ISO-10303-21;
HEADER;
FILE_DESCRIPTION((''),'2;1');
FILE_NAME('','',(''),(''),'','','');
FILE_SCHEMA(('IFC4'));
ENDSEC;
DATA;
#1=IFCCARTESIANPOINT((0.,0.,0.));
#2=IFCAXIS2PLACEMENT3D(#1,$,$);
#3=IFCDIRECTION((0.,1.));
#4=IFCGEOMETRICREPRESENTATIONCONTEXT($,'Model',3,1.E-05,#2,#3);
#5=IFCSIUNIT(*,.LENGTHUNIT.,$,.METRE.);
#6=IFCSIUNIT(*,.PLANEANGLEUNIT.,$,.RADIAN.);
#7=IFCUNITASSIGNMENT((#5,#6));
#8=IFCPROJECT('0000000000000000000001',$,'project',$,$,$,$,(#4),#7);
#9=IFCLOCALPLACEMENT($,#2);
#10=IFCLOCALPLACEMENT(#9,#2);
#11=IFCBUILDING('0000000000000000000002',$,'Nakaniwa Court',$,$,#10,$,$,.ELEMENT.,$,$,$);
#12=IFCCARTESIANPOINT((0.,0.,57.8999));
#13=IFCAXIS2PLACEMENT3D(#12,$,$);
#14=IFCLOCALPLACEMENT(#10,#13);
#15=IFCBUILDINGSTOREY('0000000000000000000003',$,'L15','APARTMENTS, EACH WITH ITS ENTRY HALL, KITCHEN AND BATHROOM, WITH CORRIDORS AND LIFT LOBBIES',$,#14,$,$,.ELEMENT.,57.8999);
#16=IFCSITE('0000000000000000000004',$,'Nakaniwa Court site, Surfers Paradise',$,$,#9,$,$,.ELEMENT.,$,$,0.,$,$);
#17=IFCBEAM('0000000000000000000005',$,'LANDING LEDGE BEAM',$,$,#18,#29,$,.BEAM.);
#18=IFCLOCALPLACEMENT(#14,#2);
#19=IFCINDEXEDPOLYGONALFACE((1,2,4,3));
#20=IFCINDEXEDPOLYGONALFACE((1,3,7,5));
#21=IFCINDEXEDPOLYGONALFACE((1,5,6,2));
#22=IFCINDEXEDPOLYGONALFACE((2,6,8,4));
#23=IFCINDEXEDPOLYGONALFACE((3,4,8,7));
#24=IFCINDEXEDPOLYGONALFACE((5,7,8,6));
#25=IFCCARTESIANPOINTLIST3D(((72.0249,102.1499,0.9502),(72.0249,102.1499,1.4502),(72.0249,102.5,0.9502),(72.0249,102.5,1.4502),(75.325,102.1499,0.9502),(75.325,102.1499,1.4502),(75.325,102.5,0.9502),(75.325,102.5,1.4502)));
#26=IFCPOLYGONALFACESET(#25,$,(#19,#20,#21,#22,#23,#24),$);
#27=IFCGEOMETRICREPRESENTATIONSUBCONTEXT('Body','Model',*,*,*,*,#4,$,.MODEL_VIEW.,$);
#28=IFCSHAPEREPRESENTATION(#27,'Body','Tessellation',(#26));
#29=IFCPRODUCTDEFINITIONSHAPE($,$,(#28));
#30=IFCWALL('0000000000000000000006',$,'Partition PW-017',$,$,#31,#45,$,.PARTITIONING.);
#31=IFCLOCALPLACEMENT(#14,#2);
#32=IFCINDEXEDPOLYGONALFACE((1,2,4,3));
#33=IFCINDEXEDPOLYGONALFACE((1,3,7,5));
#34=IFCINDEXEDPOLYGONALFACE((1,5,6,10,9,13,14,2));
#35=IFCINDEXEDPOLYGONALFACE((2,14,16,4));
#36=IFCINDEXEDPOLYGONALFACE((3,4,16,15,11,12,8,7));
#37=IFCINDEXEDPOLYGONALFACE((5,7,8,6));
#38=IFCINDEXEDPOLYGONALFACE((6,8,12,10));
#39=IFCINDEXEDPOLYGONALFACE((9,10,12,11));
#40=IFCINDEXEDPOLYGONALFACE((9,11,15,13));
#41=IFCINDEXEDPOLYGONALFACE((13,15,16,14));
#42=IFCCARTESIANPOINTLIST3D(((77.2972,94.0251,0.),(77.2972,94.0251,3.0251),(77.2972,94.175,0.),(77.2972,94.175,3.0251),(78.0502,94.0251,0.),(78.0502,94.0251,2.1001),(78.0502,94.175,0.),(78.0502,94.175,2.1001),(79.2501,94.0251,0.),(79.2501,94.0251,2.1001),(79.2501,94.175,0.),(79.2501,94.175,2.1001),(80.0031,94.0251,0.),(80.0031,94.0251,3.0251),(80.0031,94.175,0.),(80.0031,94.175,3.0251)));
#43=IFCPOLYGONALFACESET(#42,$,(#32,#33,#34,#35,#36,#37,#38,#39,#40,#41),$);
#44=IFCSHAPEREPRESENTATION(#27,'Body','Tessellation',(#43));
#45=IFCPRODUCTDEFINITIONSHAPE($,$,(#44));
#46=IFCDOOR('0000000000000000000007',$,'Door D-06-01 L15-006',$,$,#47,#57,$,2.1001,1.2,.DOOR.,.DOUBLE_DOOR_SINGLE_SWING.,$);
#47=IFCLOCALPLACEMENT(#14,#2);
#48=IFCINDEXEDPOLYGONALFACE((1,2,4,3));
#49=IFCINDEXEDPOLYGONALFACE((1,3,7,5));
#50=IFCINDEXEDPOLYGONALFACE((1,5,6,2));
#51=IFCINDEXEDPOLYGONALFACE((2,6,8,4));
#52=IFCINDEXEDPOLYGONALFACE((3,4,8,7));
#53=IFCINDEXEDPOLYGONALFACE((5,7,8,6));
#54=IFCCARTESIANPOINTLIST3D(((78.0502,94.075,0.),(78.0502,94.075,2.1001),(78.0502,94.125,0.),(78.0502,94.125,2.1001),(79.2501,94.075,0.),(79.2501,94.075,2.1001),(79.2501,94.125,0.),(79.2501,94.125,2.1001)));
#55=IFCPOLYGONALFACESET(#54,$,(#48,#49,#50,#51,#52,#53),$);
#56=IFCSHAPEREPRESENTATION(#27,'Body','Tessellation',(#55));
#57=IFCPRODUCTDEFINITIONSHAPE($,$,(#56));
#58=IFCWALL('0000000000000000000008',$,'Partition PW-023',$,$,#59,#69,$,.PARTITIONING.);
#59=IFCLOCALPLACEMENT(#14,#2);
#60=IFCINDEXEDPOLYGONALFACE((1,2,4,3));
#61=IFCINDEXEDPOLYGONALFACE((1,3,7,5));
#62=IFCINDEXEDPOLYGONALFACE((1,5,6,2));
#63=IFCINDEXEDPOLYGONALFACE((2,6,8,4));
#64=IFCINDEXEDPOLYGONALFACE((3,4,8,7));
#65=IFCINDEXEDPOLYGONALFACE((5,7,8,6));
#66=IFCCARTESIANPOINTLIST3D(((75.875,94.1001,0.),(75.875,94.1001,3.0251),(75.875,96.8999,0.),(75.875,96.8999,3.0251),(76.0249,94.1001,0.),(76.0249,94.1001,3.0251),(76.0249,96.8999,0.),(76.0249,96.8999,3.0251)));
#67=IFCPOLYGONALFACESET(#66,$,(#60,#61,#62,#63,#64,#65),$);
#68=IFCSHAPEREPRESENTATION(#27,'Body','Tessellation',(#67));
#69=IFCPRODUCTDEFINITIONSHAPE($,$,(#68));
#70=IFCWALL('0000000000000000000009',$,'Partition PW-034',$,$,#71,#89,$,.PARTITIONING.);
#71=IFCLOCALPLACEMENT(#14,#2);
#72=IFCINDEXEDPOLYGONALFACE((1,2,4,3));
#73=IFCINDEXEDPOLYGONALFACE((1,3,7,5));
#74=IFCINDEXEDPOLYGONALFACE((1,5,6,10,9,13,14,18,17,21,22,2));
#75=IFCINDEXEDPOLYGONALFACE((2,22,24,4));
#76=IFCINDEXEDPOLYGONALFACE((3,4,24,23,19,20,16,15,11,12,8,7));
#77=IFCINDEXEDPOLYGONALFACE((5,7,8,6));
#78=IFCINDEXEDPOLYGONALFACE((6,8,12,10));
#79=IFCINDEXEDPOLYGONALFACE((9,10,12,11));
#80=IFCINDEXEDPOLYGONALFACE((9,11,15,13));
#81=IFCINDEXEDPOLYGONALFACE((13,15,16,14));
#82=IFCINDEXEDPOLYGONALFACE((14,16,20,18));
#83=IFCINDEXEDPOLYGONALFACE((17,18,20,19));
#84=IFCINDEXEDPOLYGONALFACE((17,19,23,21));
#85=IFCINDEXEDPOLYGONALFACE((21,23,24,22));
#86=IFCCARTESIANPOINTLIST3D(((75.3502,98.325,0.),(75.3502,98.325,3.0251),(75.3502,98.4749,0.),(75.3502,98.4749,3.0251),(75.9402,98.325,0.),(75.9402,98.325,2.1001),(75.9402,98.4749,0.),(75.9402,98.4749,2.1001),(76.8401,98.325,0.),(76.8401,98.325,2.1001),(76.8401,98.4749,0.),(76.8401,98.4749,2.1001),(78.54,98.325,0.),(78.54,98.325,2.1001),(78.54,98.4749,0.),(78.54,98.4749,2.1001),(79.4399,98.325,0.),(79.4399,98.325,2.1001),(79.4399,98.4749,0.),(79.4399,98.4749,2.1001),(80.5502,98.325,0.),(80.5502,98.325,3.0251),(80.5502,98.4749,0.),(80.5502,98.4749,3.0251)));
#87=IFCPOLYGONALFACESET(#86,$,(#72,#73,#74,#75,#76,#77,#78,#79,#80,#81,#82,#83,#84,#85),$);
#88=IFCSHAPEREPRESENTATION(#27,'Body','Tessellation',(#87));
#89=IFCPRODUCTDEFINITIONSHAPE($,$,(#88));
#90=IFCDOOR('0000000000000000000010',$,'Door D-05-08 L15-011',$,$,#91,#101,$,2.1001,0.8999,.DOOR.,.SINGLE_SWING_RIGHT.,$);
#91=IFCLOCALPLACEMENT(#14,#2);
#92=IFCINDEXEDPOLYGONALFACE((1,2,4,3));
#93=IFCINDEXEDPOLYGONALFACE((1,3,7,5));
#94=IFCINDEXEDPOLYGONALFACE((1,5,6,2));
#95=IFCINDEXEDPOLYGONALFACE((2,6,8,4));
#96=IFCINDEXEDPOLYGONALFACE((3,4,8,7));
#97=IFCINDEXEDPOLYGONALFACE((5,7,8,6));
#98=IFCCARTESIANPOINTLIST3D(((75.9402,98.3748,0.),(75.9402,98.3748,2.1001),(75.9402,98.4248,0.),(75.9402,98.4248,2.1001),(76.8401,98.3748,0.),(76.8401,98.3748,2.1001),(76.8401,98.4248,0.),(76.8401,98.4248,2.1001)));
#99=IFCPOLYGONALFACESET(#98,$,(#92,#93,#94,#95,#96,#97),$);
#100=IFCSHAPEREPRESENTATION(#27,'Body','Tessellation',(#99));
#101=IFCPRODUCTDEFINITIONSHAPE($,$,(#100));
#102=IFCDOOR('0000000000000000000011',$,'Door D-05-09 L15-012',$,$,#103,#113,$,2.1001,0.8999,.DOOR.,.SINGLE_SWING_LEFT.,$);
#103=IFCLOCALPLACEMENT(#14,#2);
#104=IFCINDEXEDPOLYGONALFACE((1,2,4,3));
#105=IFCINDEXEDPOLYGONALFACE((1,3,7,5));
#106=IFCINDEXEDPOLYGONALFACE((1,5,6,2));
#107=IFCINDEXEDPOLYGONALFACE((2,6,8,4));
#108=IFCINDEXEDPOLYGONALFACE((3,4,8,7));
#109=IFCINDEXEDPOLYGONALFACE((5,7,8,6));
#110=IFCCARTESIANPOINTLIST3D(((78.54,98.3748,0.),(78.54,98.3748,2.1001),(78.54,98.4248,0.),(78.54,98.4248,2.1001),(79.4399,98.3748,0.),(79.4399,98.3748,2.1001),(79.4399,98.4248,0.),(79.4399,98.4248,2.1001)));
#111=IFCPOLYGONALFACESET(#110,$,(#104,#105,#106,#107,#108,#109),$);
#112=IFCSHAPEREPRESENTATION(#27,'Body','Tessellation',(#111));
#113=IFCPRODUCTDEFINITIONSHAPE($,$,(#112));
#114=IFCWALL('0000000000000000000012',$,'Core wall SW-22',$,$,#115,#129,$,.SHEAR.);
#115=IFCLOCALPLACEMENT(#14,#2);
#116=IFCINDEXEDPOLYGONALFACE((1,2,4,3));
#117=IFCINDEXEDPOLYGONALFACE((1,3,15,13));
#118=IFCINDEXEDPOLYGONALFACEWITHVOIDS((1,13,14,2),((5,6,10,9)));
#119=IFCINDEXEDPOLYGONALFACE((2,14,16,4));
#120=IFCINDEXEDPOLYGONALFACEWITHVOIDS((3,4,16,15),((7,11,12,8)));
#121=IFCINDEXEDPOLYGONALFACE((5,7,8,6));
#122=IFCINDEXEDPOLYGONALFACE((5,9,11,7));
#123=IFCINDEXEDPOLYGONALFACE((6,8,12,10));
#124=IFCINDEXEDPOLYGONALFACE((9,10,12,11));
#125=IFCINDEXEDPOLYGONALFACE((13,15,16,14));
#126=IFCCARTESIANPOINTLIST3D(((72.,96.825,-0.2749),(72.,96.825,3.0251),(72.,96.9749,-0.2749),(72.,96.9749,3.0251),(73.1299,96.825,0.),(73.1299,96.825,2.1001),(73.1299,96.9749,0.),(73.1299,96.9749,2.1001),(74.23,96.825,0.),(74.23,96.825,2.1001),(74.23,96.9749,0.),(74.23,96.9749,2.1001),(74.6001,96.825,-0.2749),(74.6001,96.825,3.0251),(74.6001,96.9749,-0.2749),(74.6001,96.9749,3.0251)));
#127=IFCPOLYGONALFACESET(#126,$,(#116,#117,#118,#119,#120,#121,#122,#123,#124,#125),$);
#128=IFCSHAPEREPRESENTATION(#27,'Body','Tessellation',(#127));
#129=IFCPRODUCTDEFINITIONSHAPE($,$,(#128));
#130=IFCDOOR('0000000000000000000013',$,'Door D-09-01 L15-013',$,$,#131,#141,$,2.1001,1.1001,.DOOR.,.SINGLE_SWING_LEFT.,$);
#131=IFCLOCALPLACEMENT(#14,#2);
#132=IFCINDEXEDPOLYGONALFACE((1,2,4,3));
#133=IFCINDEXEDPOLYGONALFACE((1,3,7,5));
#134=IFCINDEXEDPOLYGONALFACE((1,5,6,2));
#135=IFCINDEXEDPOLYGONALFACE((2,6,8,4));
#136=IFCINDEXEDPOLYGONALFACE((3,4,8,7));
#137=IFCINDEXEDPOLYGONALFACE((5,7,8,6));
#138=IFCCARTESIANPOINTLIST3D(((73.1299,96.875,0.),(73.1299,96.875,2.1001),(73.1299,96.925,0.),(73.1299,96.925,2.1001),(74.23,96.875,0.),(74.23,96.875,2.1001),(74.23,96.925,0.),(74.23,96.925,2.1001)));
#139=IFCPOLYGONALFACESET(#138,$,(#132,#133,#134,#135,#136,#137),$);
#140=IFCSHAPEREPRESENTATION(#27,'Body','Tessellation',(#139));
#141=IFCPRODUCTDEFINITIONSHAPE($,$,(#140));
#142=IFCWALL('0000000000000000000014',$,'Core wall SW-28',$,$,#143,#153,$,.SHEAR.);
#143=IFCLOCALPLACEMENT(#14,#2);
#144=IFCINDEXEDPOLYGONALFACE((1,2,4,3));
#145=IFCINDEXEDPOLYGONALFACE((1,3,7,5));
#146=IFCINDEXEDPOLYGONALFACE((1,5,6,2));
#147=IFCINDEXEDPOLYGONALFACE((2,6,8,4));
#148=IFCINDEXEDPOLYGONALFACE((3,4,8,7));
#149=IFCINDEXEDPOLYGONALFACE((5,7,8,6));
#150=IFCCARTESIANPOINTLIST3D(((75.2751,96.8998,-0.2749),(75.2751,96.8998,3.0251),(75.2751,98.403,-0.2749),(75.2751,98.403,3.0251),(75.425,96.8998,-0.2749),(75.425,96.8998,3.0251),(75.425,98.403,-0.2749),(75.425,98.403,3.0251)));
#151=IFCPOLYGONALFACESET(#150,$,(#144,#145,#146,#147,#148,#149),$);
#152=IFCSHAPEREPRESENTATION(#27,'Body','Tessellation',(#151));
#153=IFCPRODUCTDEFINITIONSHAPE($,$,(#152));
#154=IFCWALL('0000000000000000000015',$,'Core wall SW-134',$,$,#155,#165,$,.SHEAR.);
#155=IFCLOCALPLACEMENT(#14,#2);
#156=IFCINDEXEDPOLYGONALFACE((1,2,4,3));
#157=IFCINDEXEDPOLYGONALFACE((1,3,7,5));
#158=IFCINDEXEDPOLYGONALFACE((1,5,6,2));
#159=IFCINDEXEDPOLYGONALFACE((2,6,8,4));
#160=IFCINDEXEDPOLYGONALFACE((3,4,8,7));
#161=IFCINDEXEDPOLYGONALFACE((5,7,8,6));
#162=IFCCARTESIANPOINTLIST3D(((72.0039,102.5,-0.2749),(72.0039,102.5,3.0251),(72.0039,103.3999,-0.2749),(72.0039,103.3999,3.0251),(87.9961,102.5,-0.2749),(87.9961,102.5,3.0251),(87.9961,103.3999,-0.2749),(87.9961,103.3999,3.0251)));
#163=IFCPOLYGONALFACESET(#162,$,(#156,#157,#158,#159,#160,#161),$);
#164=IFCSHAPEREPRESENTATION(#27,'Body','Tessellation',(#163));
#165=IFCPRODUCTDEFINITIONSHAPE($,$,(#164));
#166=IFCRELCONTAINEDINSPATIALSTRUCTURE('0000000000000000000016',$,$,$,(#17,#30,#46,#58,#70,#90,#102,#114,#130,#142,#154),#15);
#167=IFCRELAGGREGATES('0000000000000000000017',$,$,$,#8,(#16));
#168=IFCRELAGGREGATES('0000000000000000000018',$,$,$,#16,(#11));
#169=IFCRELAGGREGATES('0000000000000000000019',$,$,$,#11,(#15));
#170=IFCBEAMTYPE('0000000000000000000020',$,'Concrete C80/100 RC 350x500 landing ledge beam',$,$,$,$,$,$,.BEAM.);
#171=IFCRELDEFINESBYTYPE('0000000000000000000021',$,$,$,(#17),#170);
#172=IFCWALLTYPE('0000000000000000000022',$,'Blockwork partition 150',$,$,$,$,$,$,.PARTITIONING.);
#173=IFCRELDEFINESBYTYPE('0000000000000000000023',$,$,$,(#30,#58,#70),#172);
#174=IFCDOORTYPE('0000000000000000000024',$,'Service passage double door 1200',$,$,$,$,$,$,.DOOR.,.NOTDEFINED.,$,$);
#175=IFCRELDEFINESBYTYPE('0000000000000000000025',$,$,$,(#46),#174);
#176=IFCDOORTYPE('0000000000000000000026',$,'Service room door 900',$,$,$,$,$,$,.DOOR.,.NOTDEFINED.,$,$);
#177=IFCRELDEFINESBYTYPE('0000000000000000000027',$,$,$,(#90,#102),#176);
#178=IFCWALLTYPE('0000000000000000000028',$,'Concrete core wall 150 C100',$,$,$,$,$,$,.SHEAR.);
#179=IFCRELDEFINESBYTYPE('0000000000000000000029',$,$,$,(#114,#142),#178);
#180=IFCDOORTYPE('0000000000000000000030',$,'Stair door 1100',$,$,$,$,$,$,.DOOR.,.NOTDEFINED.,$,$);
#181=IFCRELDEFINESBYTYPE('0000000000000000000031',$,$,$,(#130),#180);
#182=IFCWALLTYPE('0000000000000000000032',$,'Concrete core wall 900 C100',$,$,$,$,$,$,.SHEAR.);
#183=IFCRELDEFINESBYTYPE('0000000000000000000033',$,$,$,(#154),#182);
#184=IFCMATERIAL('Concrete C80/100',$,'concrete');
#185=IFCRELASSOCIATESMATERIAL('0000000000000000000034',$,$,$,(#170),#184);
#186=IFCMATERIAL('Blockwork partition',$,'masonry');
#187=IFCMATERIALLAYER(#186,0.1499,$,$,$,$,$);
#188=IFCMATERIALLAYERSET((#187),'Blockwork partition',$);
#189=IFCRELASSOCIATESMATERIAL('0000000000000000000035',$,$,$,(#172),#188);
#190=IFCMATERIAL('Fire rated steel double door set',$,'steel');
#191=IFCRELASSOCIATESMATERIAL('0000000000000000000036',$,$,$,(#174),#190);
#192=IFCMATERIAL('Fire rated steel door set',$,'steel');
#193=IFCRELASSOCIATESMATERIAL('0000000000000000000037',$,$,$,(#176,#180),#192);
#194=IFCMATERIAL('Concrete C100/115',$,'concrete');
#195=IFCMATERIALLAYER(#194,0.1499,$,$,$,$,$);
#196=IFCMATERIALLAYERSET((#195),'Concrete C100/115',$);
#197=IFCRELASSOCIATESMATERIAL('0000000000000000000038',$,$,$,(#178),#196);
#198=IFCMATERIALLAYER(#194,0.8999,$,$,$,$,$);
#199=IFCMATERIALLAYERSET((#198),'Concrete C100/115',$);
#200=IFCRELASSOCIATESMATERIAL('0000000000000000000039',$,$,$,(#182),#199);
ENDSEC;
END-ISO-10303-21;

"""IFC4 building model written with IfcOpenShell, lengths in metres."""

from ifc_helpers import new_model, si_unit, direction, frame, frame_2d, origin, origin_2d, place, context, subcontext, project, spatial, rectangle, extrude, material, layer, layer_set, material_profile, profile_set, type_object, element, fill, save


model = new_model("IFC4")

# Units and contexts
model_context = context("Model", 3, precision=1e-05, world=origin(), true_north=direction((0.0, 1.0)))
body_context = subcontext(model_context, "Body", "Model", "MODEL_VIEW")
ifc_project = project(units=[si_unit("LENGTHUNIT", "METRE"), si_unit("PLANEANGLEUNIT", "RADIAN")], contexts=[model_context])

# Site, building, storey
site_placement = place(None, origin())
site = spatial("IfcSite", under=ifc_project, at=site_placement, Name="Nakaniwa Court site, Surfers Paradise", CompositionType="ELEMENT", RefElevation=0.0)
building_placement = place(site_placement, origin())
building = spatial("IfcBuilding", under=site, at=building_placement, Name="Nakaniwa Court", CompositionType="ELEMENT")
storey_placement = place(building_placement, frame((0.0, 0.0, 57.8999)))
storey = spatial("IfcBuildingStorey", under=building, at=storey_placement, Name="L15", Description="APARTMENTS, EACH WITH ITS ENTRY HALL, KITCHEN AND BATHROOM, WITH CORRIDORS AND LIFT LOBBIES", CompositionType="ELEMENT", Elevation=57.8999)

# Beam
ifc_material_1 = material(Name="Concrete C80/100", Category="concrete")
ifc_material_profile = material_profile(ifc_material_1, rectangle(XDim=0.3501, YDim=0.5, at=origin_2d()), Name="Concrete C80/100 RC 350x500 landing ledge beam")
ifc_profile_set = profile_set([ifc_material_profile], Name="Concrete C80/100")
beam_type = type_object("IfcBeamType", Name="Concrete C80/100 RC 350x500 landing ledge beam", PredefinedType="BEAM", material=ifc_profile_set)
beam_placement = place(storey_placement, frame((72.0249, 102.325, 1.2002), z_axis=(1.0, 0.0, 0.0), x_axis=(0.0, 1.0, 0.0)))
element("IfcBeam", 1, at=beam_placement, inside=storey, type_object=beam_type, Name="LANDING LEDGE BEAM", PredefinedType="BEAM", context=body_context, shape_type="SweptSolid", body=[
    extrude(rectangle(XDim=0.3501, YDim=0.5, at=origin_2d()), origin(), (0.0, 0.0, 1.0), 3.3),
])

# Wall, opening, door
ifc_material_2 = material(Name="Blockwork partition", Category="masonry")
ifc_layer_1 = layer(ifc_material_2, 0.1499)
ifc_layer_set_1 = layer_set([ifc_layer_1], Name="Blockwork partition")
wall_type_1 = type_object("IfcWallType", Name="Blockwork partition 150", PredefinedType="PARTITIONING", material=ifc_layer_set_1)
wall_1_placement = place(storey_placement, frame((77.2971, 94.1001, 0.0), z_axis=(0.0, 0.0, 1.0), x_axis=(1.0, 0.0, 0.0)))
wall_1 = element("IfcWall", 2, at=wall_1_placement, inside=storey, type_object=wall_type_1, Name="Partition PW-017", PredefinedType="PARTITIONING", context=body_context, shape_type="SweptSolid", body=[
    extrude(rectangle(XDim=2.7058, YDim=0.1499, at=frame_2d((1.353, 0.0))), origin(), (0.0, 0.0, 1.0), 3.0251),
])
opening_1_placement = place(wall_1_placement, frame((0.7529, 0.0, 0.0)))
opening_1 = element("IfcOpeningElement", 3, at=opening_1_placement, cuts=wall_1, PredefinedType="OPENING", context=body_context, shape_type="SweptSolid", body=[
    extrude(rectangle(XDim=1.2, YDim=2.1001, at=frame_2d((0.6001, 1.05))), frame((0.0, 0.085, 0.0), z_axis=(0.0, -1.0, 0.0), x_axis=(1.0, 0.0, 0.0)), (0.0, 0.0, 1.0), 0.1699),
])
ifc_material_3 = material(Name="Fire rated steel double door set", Category="steel")
door_type_1 = type_object("IfcDoorType", Name="Service passage double door 1200", OperationType="NOTDEFINED", PredefinedType="DOOR", material=ifc_material_3)
door_1_placement = place(opening_1_placement, origin())
door_1 = element("IfcDoor", 4, at=door_1_placement, inside=storey, type_object=door_type_1, Name="Door D-06-01 L15-006", OperationType="DOUBLE_DOOR_SINGLE_SWING", OverallHeight=2.1001, OverallWidth=1.2, PredefinedType="DOOR", context=body_context, shape_type="SweptSolid", body=[
    extrude(rectangle(XDim=1.2, YDim=2.1001, at=frame_2d((0.6001, 1.05))), frame((0.0, 0.0249, 0.0), z_axis=(0.0, -1.0, 0.0), x_axis=(1.0, 0.0, 0.0)), (0.0, 0.0, 1.0), 0.05),
])
fill(opening_1, door_1)

# Wall
wall_2_placement = place(storey_placement, frame((75.95, 94.1001, 0.0), z_axis=(0.0, 0.0, 1.0), x_axis=(0.0, 1.0, 0.0)))
element("IfcWall", 5, at=wall_2_placement, inside=storey, type_object=wall_type_1, Name="Partition PW-023", PredefinedType="PARTITIONING", context=body_context, shape_type="SweptSolid", body=[
    extrude(rectangle(XDim=2.7998, YDim=0.1499, at=frame_2d((1.3999, 0.0))), origin(), (0.0, 0.0, 1.0), 3.0251),
])

# Wall, openings, doors
wall_3_placement = place(storey_placement, frame((75.3501, 98.3999, 0.0), z_axis=(0.0, 0.0, 1.0), x_axis=(1.0, 0.0, 0.0)))
wall_3 = element("IfcWall", 6, at=wall_3_placement, inside=storey, type_object=wall_type_1, Name="Partition PW-034", PredefinedType="PARTITIONING", context=body_context, shape_type="SweptSolid", body=[
    extrude(rectangle(XDim=5.2, YDim=0.1499, at=frame_2d((2.6001, 0.0))), origin(), (0.0, 0.0, 1.0), 3.0251),
])
opening_2_placement = place(wall_3_placement, frame((0.5901, 0.0, 0.0)))
opening_2 = element("IfcOpeningElement", 7, at=opening_2_placement, cuts=wall_3, PredefinedType="OPENING", context=body_context, shape_type="SweptSolid", body=[
    extrude(rectangle(XDim=0.8999, YDim=2.1001, at=frame_2d((0.45, 1.05))), frame((0.0, 0.085, 0.0), z_axis=(0.0, -1.0, 0.0), x_axis=(1.0, 0.0, 0.0)), (0.0, 0.0, 1.0), 0.1699),
])
opening_3_placement = place(wall_3_placement, frame((3.1899, 0.0, 0.0)))
opening_3 = element("IfcOpeningElement", 8, at=opening_3_placement, cuts=wall_3, PredefinedType="OPENING", context=body_context, shape_type="SweptSolid", body=[
    extrude(rectangle(XDim=0.8999, YDim=2.1001, at=frame_2d((0.45, 1.05))), frame((0.0, 0.085, 0.0), z_axis=(0.0, -1.0, 0.0), x_axis=(1.0, 0.0, 0.0)), (0.0, 0.0, 1.0), 0.1699),
])
ifc_material_4 = material(Name="Fire rated steel door set", Category="steel")
door_type_2 = type_object("IfcDoorType", Name="Service room door 900", OperationType="NOTDEFINED", PredefinedType="DOOR", material=ifc_material_4)
door_2_placement = place(opening_2_placement, origin())
door_2 = element("IfcDoor", 9, at=door_2_placement, inside=storey, type_object=door_type_2, Name="Door D-05-08 L15-011", OperationType="SINGLE_SWING_RIGHT", OverallHeight=2.1001, OverallWidth=0.8999, PredefinedType="DOOR", context=body_context, shape_type="SweptSolid", body=[
    extrude(rectangle(XDim=0.8999, YDim=2.1001, at=frame_2d((0.45, 1.05))), frame((0.0, 0.0249, 0.0), z_axis=(0.0, -1.0, 0.0), x_axis=(1.0, 0.0, 0.0)), (0.0, 0.0, 1.0), 0.05),
])
fill(opening_2, door_2)
door_3_placement = place(opening_3_placement, origin())
door_3 = element("IfcDoor", 10, at=door_3_placement, inside=storey, type_object=door_type_2, Name="Door D-05-09 L15-012", OperationType="SINGLE_SWING_LEFT", OverallHeight=2.1001, OverallWidth=0.8999, PredefinedType="DOOR", context=body_context, shape_type="SweptSolid", body=[
    extrude(rectangle(XDim=0.8999, YDim=2.1001, at=frame_2d((0.45, 1.05))), frame((0.0, 0.0249, 0.0), z_axis=(0.0, -1.0, 0.0), x_axis=(1.0, 0.0, 0.0)), (0.0, 0.0, 1.0), 0.05),
])
fill(opening_3, door_3)

# Wall, opening, door
ifc_material_5 = material(Name="Concrete C100/115", Category="concrete")
ifc_layer_2 = layer(ifc_material_5, 0.1499)
ifc_layer_set_2 = layer_set([ifc_layer_2], Name="Concrete C100/115")
wall_type_2 = type_object("IfcWallType", Name="Concrete core wall 150 C100", PredefinedType="SHEAR", material=ifc_layer_set_2)
wall_4_placement = place(storey_placement, frame((74.6001, 96.8999, -0.2749), z_axis=(0.0, 0.0, 1.0), x_axis=(-1.0, 0.0, 0.0)))
wall_4 = element("IfcWall", 11, at=wall_4_placement, inside=storey, type_object=wall_type_2, Name="Core wall SW-22", PredefinedType="SHEAR", context=body_context, shape_type="SweptSolid", body=[
    extrude(rectangle(XDim=2.6001, YDim=0.1499, at=frame_2d((1.3, 0.0))), origin(), (0.0, 0.0, 1.0), 3.3),
])
opening_4_placement = place(wall_4_placement, frame((0.3701, 0.0, 0.2749)))
opening_4 = element("IfcOpeningElement", 12, at=opening_4_placement, cuts=wall_4, PredefinedType="OPENING", context=body_context, shape_type="SweptSolid", body=[
    extrude(rectangle(XDim=1.1001, YDim=2.1001, at=frame_2d((0.55, 1.05))), frame((0.0, 0.085, 0.0), z_axis=(0.0, -1.0, 0.0), x_axis=(1.0, 0.0, 0.0)), (0.0, 0.0, 1.0), 0.1699),
])
door_type_3 = type_object("IfcDoorType", Name="Stair door 1100", OperationType="NOTDEFINED", PredefinedType="DOOR", material=ifc_material_4)
door_4_placement = place(opening_4_placement, origin())
door_4 = element("IfcDoor", 13, at=door_4_placement, inside=storey, type_object=door_type_3, Name="Door D-09-01 L15-013", OperationType="SINGLE_SWING_LEFT", OverallHeight=2.1001, OverallWidth=1.1001, PredefinedType="DOOR", context=body_context, shape_type="SweptSolid", body=[
    extrude(rectangle(XDim=1.1001, YDim=2.1001, at=frame_2d((0.55, 1.05))), frame((0.0, 0.0249, 0.0), z_axis=(0.0, -1.0, 0.0), x_axis=(1.0, 0.0, 0.0)), (0.0, 0.0, 1.0), 0.05),
])
fill(opening_4, door_4)

# Walls
wall_5_placement = place(storey_placement, frame((75.3501, 96.8999, -0.2749), z_axis=(0.0, 0.0, 1.0), x_axis=(0.0, 1.0, 0.0)))
element("IfcWall", 14, at=wall_5_placement, inside=storey, type_object=wall_type_2, Name="Core wall SW-28", PredefinedType="SHEAR", context=body_context, shape_type="SweptSolid", body=[
    extrude(rectangle(XDim=1.5032, YDim=0.1499, at=frame_2d((0.7515, 0.0))), origin(), (0.0, 0.0, 1.0), 3.3),
])
ifc_layer_3 = layer(ifc_material_5, 0.8999)
ifc_layer_set_3 = layer_set([ifc_layer_3], Name="Concrete C100/115")
wall_type_3 = type_object("IfcWallType", Name="Concrete core wall 900 C100", PredefinedType="SHEAR", material=ifc_layer_set_3)
wall_6_placement = place(storey_placement, frame((72.0039, 102.95, -0.2749), z_axis=(0.0, 0.0, 1.0), x_axis=(1.0, 0.0, 0.0)))
element("IfcWall", 15, at=wall_6_placement, inside=storey, type_object=wall_type_3, Name="Core wall SW-134", PredefinedType="SHEAR", context=body_context, shape_type="SweptSolid", body=[
    extrude(rectangle(XDim=15.9922, YDim=0.8999, at=frame_2d((7.9961, 0.0))), origin(), (0.0, 0.0, 1.0), 3.3),
])

save(model, "model.ifc")
